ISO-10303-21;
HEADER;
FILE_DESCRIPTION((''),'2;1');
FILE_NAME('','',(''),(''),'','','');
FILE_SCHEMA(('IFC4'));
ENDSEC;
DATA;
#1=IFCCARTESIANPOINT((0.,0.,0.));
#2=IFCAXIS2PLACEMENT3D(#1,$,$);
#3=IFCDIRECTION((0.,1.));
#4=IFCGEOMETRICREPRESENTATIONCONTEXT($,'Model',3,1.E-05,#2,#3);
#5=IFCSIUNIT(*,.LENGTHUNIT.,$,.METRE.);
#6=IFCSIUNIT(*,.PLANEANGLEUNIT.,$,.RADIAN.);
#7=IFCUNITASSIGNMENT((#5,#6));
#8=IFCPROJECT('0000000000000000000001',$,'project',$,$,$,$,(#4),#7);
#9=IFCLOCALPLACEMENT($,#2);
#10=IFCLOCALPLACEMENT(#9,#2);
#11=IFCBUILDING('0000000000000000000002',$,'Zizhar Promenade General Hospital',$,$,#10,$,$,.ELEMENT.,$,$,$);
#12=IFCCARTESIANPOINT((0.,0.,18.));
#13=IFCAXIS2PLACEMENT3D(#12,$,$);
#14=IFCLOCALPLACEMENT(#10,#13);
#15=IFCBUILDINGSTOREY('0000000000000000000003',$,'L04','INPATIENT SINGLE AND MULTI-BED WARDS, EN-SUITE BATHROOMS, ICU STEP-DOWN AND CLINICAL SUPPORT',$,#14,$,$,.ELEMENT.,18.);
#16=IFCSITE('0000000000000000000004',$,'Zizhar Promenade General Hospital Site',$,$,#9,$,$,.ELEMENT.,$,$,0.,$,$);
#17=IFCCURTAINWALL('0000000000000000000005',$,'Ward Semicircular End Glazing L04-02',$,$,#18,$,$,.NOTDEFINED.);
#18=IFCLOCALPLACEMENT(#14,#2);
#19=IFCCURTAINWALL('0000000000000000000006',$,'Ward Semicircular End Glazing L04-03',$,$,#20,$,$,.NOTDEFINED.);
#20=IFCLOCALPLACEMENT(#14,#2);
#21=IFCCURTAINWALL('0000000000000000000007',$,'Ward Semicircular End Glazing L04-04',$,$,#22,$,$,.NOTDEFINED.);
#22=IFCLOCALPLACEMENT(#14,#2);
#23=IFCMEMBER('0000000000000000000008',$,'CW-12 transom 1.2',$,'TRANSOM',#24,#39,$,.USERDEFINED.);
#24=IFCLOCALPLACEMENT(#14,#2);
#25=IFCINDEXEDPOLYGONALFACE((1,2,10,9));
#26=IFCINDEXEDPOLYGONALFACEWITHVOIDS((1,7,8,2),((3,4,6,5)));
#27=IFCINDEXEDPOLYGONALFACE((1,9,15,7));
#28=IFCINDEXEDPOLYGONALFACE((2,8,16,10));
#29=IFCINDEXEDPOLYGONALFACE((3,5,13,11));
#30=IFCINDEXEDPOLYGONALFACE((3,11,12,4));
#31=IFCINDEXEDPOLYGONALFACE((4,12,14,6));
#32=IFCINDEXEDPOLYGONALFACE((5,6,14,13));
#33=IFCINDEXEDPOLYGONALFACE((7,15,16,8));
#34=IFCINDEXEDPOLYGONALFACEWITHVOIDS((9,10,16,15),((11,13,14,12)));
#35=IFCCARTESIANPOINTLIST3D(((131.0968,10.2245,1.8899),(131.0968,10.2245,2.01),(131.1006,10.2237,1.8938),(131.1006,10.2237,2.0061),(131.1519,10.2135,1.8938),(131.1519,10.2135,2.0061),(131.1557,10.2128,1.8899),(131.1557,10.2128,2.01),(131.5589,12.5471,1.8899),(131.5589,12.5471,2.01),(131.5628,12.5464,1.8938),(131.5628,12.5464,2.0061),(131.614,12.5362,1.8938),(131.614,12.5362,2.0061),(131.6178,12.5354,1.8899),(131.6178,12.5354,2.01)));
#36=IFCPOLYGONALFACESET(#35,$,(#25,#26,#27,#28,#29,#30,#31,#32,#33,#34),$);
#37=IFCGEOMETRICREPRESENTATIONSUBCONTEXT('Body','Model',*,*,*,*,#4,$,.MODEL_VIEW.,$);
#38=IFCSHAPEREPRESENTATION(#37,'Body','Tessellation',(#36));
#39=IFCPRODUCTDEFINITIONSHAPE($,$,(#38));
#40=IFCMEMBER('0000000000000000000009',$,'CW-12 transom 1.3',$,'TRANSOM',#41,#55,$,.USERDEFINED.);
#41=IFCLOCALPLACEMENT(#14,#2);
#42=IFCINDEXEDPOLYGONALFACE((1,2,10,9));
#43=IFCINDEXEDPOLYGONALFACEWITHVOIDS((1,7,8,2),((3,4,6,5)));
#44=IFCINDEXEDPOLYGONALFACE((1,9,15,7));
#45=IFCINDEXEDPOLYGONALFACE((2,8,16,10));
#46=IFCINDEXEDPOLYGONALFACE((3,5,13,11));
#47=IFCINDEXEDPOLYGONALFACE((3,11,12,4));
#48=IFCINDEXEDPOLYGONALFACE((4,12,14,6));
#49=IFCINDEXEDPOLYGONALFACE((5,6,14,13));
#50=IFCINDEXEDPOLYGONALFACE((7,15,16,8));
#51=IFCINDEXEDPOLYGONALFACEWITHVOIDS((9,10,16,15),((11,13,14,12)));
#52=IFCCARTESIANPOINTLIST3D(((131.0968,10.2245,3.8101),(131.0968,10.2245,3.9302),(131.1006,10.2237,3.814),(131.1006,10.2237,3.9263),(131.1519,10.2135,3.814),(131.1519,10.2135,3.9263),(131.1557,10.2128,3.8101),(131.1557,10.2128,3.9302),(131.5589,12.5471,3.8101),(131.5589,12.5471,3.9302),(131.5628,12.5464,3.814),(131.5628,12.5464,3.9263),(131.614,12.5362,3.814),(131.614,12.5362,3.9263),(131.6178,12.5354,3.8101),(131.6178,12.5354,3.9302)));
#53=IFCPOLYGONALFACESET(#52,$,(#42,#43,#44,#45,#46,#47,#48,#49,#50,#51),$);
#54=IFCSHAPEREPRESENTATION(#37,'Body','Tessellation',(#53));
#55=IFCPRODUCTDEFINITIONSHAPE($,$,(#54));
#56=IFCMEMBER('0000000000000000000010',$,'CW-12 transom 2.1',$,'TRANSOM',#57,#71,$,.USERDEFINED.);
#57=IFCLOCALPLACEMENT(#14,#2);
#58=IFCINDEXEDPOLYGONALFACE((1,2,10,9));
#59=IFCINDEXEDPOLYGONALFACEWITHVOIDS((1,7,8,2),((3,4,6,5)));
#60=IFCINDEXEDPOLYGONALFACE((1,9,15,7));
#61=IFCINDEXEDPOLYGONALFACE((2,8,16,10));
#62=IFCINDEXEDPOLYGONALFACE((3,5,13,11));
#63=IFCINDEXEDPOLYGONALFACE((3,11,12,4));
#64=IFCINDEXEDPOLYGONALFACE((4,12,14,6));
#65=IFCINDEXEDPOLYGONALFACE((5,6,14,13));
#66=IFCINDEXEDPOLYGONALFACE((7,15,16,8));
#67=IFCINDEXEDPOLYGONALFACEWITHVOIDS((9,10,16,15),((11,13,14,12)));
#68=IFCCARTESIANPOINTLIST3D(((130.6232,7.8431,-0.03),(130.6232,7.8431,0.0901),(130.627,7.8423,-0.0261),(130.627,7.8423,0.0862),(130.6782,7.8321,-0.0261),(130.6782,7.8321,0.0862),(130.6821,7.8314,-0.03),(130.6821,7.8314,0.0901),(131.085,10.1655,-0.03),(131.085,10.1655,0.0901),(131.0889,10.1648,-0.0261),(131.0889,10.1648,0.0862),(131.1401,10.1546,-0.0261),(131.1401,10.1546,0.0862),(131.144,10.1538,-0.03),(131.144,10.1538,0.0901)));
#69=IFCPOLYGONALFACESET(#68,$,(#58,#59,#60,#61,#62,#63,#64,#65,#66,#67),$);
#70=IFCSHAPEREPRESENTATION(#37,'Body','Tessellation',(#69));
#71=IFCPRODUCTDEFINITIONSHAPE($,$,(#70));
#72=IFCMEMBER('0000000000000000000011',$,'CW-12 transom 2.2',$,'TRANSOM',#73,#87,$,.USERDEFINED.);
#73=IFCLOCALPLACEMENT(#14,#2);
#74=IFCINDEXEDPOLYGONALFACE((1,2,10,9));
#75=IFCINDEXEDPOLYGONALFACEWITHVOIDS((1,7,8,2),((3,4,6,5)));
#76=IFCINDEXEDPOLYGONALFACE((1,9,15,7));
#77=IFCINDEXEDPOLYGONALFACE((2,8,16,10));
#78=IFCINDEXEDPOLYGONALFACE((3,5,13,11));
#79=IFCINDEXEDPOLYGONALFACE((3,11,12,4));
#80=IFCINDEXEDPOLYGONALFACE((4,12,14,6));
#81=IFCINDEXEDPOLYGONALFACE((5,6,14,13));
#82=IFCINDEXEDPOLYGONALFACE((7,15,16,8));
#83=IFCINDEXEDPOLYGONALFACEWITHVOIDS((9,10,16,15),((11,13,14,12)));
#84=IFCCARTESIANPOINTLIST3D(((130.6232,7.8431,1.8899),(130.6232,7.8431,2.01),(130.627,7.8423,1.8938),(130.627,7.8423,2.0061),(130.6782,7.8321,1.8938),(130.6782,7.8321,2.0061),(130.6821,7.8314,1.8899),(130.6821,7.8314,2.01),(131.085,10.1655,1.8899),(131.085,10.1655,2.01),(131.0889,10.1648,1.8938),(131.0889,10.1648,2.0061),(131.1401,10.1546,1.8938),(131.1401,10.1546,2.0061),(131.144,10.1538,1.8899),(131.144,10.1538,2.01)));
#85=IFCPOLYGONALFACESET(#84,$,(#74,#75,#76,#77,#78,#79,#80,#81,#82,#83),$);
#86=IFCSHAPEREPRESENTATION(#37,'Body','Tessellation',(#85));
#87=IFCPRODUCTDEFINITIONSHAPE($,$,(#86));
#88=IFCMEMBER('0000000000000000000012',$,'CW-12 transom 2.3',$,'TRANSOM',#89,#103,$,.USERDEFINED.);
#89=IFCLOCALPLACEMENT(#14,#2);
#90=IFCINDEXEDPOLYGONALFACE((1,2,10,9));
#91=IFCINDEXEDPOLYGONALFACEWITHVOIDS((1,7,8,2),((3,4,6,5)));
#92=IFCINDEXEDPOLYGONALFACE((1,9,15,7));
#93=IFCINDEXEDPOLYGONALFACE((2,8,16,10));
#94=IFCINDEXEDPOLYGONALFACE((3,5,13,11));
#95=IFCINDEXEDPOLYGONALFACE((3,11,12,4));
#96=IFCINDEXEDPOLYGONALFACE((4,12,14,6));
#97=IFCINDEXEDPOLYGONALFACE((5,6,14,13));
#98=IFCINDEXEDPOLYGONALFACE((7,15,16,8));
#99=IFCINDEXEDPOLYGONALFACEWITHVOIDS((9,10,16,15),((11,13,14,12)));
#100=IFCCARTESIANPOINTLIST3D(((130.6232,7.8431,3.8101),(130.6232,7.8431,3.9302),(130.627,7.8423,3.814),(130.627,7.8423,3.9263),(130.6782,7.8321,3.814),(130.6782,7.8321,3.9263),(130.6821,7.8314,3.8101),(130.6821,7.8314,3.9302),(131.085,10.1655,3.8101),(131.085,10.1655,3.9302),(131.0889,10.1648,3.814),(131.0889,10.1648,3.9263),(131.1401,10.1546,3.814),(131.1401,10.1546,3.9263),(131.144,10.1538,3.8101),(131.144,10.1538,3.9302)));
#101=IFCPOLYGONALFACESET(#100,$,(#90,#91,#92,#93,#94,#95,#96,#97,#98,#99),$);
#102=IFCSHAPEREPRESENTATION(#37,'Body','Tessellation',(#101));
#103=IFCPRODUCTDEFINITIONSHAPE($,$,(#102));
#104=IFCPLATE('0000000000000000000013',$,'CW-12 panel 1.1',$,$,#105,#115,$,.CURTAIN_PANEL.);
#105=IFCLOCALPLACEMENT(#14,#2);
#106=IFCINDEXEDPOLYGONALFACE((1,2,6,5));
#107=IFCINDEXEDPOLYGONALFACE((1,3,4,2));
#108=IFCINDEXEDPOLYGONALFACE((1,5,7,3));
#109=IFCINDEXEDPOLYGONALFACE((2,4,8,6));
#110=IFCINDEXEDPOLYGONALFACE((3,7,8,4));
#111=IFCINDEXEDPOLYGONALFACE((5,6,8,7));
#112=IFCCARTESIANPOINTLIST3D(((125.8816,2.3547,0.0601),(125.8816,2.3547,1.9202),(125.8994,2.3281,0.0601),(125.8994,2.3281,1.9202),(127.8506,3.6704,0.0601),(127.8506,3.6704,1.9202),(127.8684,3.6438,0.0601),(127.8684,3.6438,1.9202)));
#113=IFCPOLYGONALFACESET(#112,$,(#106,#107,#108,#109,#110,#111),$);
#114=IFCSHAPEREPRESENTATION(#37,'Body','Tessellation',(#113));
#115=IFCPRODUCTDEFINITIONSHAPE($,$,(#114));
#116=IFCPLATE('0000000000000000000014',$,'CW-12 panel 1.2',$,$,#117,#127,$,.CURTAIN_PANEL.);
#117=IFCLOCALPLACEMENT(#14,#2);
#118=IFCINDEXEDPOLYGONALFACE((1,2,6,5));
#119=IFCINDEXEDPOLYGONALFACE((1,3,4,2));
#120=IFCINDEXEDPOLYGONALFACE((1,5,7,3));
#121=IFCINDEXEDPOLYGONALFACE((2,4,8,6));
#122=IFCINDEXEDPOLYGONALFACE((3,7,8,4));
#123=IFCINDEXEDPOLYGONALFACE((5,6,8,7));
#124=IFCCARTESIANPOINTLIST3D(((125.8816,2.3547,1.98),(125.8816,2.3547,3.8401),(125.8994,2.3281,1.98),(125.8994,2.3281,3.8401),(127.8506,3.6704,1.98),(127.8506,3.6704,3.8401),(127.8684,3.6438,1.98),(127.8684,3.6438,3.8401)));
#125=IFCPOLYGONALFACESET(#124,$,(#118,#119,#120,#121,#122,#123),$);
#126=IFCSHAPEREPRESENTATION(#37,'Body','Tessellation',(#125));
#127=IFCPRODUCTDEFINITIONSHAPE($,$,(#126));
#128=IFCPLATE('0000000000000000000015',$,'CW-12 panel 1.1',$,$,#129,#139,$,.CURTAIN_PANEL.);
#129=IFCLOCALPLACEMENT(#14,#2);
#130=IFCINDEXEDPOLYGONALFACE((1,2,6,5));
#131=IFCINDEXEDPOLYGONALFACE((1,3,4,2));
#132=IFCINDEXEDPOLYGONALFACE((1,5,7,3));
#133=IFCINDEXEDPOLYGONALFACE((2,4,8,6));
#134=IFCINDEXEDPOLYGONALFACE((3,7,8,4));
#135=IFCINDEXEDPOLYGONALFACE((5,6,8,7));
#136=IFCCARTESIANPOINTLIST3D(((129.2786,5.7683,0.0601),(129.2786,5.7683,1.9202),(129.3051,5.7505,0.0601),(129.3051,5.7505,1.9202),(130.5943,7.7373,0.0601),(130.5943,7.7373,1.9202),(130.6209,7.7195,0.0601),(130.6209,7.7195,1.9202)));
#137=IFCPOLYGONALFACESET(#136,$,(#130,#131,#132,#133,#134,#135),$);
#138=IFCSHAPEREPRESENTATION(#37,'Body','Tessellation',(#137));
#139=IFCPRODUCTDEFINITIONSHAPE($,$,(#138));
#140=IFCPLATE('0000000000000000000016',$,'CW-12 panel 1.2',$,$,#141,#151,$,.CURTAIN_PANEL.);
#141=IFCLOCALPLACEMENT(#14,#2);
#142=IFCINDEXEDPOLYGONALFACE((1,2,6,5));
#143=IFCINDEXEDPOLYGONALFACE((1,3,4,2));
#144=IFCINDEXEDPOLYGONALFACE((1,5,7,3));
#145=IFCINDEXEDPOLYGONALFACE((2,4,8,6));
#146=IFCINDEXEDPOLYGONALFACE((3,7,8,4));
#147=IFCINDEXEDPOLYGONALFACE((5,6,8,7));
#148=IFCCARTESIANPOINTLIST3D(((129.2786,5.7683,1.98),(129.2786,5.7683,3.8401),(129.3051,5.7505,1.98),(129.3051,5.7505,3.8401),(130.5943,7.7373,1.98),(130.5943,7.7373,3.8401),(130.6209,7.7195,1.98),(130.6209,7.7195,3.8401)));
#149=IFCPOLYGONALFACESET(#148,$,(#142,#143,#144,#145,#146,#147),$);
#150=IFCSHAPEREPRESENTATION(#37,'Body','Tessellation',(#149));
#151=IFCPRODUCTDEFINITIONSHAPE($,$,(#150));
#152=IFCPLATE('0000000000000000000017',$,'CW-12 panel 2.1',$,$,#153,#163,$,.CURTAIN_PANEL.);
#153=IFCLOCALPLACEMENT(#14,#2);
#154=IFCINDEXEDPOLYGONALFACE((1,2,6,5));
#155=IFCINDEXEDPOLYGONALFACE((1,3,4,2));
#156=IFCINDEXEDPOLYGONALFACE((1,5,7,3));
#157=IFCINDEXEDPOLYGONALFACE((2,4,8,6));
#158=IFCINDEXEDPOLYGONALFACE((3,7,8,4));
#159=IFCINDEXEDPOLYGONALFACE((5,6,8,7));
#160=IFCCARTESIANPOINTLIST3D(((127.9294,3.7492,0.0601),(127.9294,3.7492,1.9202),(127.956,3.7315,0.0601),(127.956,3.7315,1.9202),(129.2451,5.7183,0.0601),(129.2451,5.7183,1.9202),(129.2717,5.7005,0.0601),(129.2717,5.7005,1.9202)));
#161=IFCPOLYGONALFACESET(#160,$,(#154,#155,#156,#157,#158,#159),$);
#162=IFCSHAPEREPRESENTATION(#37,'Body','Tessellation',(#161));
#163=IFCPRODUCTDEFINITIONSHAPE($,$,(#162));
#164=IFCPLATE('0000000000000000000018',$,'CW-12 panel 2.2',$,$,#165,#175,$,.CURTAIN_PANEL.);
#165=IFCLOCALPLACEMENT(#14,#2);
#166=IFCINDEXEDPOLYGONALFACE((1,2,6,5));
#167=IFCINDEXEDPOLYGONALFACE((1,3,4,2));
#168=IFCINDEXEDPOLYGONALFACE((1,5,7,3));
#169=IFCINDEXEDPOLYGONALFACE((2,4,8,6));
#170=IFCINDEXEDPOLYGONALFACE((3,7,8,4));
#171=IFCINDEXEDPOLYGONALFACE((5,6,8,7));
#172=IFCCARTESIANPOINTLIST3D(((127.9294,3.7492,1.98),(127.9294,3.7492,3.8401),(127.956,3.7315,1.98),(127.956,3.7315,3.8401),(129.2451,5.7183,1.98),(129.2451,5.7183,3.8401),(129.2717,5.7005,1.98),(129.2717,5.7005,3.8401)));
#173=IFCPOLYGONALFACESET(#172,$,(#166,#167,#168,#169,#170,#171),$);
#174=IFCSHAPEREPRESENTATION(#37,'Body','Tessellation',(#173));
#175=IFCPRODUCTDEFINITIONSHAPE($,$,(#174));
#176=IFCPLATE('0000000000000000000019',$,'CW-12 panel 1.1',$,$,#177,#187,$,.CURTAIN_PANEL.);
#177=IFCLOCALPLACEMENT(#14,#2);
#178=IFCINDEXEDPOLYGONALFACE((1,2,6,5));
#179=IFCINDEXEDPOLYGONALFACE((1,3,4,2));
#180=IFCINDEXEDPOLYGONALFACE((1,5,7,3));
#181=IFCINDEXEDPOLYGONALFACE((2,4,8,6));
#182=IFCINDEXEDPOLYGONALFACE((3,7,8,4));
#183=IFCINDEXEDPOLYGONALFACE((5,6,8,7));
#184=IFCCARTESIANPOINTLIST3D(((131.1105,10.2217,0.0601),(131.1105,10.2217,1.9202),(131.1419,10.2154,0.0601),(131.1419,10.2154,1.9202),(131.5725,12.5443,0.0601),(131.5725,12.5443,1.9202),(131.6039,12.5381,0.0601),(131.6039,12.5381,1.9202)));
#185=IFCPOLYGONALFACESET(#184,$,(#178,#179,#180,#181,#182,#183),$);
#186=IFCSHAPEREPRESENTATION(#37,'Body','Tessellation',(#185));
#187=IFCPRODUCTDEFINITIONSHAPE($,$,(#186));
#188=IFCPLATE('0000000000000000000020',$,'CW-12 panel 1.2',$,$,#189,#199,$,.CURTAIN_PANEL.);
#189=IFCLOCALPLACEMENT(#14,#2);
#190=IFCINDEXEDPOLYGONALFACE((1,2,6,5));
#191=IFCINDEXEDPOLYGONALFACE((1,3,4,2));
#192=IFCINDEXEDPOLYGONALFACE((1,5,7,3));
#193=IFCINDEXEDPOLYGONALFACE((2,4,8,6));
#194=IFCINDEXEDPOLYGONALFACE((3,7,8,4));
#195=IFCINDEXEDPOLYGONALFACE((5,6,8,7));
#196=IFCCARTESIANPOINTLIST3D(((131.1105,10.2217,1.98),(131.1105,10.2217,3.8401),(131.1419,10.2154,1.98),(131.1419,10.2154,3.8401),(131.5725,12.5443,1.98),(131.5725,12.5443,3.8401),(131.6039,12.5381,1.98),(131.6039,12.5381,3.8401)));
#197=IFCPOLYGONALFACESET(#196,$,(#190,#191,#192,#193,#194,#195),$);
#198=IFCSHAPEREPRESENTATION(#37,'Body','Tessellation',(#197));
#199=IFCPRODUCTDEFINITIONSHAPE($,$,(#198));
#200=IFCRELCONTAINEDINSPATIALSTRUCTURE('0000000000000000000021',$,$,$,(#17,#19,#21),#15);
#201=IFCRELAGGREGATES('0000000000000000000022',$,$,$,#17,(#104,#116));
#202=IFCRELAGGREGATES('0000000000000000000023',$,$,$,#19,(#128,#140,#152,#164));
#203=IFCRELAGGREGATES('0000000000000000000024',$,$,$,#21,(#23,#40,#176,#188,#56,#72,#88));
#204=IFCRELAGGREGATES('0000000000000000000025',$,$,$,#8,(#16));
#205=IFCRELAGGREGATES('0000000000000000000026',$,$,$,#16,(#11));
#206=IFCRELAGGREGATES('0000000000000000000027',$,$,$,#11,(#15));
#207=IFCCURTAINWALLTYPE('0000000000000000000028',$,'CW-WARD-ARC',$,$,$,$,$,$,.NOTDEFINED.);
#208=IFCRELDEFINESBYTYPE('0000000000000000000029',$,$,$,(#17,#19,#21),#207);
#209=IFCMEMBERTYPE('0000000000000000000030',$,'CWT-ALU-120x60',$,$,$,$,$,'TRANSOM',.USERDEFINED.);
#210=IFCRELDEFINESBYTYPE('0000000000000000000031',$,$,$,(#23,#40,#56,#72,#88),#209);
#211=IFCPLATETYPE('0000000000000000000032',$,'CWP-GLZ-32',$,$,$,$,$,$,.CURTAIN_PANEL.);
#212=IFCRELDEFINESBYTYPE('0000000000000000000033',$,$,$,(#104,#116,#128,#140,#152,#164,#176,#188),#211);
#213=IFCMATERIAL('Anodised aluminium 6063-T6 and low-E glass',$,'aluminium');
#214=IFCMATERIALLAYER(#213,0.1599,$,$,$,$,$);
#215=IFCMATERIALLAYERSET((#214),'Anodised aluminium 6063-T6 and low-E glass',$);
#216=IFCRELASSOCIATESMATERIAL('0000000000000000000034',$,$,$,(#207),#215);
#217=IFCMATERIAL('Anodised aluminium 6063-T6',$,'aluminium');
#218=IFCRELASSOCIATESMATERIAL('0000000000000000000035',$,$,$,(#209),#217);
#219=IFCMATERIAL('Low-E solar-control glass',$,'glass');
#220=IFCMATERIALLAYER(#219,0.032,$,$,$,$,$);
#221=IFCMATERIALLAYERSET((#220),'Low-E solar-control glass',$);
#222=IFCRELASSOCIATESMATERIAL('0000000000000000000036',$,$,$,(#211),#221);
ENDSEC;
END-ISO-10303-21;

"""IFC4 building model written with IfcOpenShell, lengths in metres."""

from ifc_helpers import new_model, si_unit, direction, frame, origin, origin_2d, place, context, subcontext, project, spatial, rectangle, hollow_rectangle, extrude, material, layer, layer_set, material_profile, profile_set, type_object, element, aggregate, save


model = new_model("IFC4")

# Units and contexts
model_context = context("Model", 3, precision=1e-05, world=origin(), true_north=direction((0.0, 1.0)))
body_context = subcontext(model_context, "Body", "Model", "MODEL_VIEW")
ifc_project = project(units=[si_unit("LENGTHUNIT", "METRE"), si_unit("PLANEANGLEUNIT", "RADIAN")], contexts=[model_context])

# Site, building, storey
site_placement = place(None, origin())
site = spatial("IfcSite", under=ifc_project, at=site_placement, Name="Zizhar Promenade General Hospital Site", CompositionType="ELEMENT", RefElevation=0.0)
building_placement = place(site_placement, origin())
building = spatial("IfcBuilding", under=site, at=building_placement, Name="Zizhar Promenade General Hospital", CompositionType="ELEMENT")
storey_placement = place(building_placement, frame((0.0, 0.0, 18.0)))
storey = spatial("IfcBuildingStorey", under=building, at=storey_placement, Name="L04", Description="INPATIENT SINGLE AND MULTI-BED WARDS, EN-SUITE BATHROOMS, ICU STEP-DOWN AND CLINICAL SUPPORT", CompositionType="ELEMENT", Elevation=18.0)

# Curtain walls
ifc_material_1 = material(Name="Anodised aluminium 6063-T6 and low-E glass", Category="aluminium")
ifc_layer_1 = layer(ifc_material_1, 0.1599)
ifc_layer_set_1 = layer_set([ifc_layer_1], Name="Anodised aluminium 6063-T6 and low-E glass")
curtain_wall_type = type_object("IfcCurtainWallType", Name="CW-WARD-ARC", PredefinedType="NOTDEFINED", material=ifc_layer_set_1)
curtain_wall_1_placement = place(storey_placement, origin())
curtain_wall_1 = element("IfcCurtainWall", 1, at=curtain_wall_1_placement, inside=storey, type_object=curtain_wall_type, Name="Ward Semicircular End Glazing L04-02", PredefinedType="NOTDEFINED")
curtain_wall_2_placement = place(storey_placement, origin())
curtain_wall_2 = element("IfcCurtainWall", 2, at=curtain_wall_2_placement, inside=storey, type_object=curtain_wall_type, Name="Ward Semicircular End Glazing L04-03", PredefinedType="NOTDEFINED")
curtain_wall_3_placement = place(storey_placement, origin())
curtain_wall_3 = element("IfcCurtainWall", 3, at=curtain_wall_3_placement, inside=storey, type_object=curtain_wall_type, Name="Ward Semicircular End Glazing L04-04", PredefinedType="NOTDEFINED")

# Members
ifc_material_2 = material(Name="Anodised aluminium 6063-T6", Category="aluminium")
ifc_material_profile_1 = material_profile(ifc_material_2, hollow_rectangle(XDim=0.0601, YDim=0.1201, WallThickness=0.0039, at=origin_2d()))
ifc_profile_set_1 = profile_set([ifc_material_profile_1], Name="Anodised aluminium 6063-T6")
member_type_1 = type_object("IfcMemberType", Name="CWT-ALU-120x60", ElementType="TRANSOM", PredefinedType="USERDEFINED", material=ifc_profile_set_1)
member_1_placement = place(storey_placement, frame((131.5884, 12.5413, 1.95), z_axis=(-0.195145, -0.980774, 0.0), x_axis=(0.980774, -0.195145, 0.0)))
member_1 = element("IfcMember", 4, at=member_1_placement, type_object=member_type_1, Name="CW-12 transom 1.2", ObjectType="TRANSOM", PredefinedType="USERDEFINED", context=body_context, shape_type="SweptSolid", body=[
    extrude(hollow_rectangle(XDim=0.0601, YDim=0.1201, WallThickness=0.0039, at=origin_2d()), origin(), (0.0, 0.0, 1.0), 2.3682),
])
member_2_placement = place(storey_placement, frame((131.5884, 12.5413, 3.8701), z_axis=(-0.195145, -0.980774, 0.0), x_axis=(0.980774, -0.195145, 0.0)))
member_2 = element("IfcMember", 5, at=member_2_placement, type_object=member_type_1, Name="CW-12 transom 1.3", ObjectType="TRANSOM", PredefinedType="USERDEFINED", context=body_context, shape_type="SweptSolid", body=[
    extrude(hollow_rectangle(XDim=0.0601, YDim=0.1201, WallThickness=0.0039, at=origin_2d()), origin(), (0.0, 0.0, 1.0), 2.3682),
])
member_3_placement = place(storey_placement, frame((131.1145, 10.1597, 0.03), z_axis=(-0.195065, -0.98079, 0.0), x_axis=(0.98079, -0.195065, 0.0)))
member_3 = element("IfcMember", 6, at=member_3_placement, type_object=member_type_1, Name="CW-12 transom 2.1", ObjectType="TRANSOM", PredefinedType="USERDEFINED", context=body_context, shape_type="SweptSolid", body=[
    extrude(hollow_rectangle(XDim=0.0601, YDim=0.1201, WallThickness=0.0039, at=origin_2d()), origin(), (0.0, 0.0, 1.0), 2.3679),
])
member_4_placement = place(storey_placement, frame((131.1145, 10.1597, 1.95), z_axis=(-0.195065, -0.98079, 0.0), x_axis=(0.98079, -0.195065, 0.0)))
member_4 = element("IfcMember", 7, at=member_4_placement, type_object=member_type_1, Name="CW-12 transom 2.2", ObjectType="TRANSOM", PredefinedType="USERDEFINED", context=body_context, shape_type="SweptSolid", body=[
    extrude(hollow_rectangle(XDim=0.0601, YDim=0.1201, WallThickness=0.0039, at=origin_2d()), origin(), (0.0, 0.0, 1.0), 2.3679),
])
member_5_placement = place(storey_placement, frame((131.1145, 10.1597, 3.8701), z_axis=(-0.195065, -0.98079, 0.0), x_axis=(0.98079, -0.195065, 0.0)))
member_5 = element("IfcMember", 8, at=member_5_placement, type_object=member_type_1, Name="CW-12 transom 2.3", ObjectType="TRANSOM", PredefinedType="USERDEFINED", context=body_context, shape_type="SweptSolid", body=[
    extrude(hollow_rectangle(XDim=0.0601, YDim=0.1201, WallThickness=0.0039, at=origin_2d()), origin(), (0.0, 0.0, 1.0), 2.3679),
])

# Plates
ifc_material_3 = material(Name="Low-E solar-control glass", Category="glass")
ifc_layer_2 = layer(ifc_material_3, 0.032)
ifc_layer_set_2 = layer_set([ifc_layer_2], Name="Low-E solar-control glass")
plate_type = type_object("IfcPlateType", Name="CWP-GLZ-32", PredefinedType="CURTAIN_PANEL", material=ifc_layer_set_2)
plate_1_placement = place(storey_placement, frame((126.875, 2.9993, 0.0601), z_axis=(0.0, 0.0, 1.0), x_axis=(-0.831462, -0.555582, 0.0)))
plate_1 = element("IfcPlate", 9, at=plate_1_placement, type_object=plate_type, Name="CW-12 panel 1.1", PredefinedType="CURTAIN_PANEL", context=body_context, shape_type="SweptSolid", body=[
    extrude(rectangle(XDim=2.3682, YDim=0.032, at=origin_2d()), origin(), (0.0, 0.0, 1.0), 1.8601),
])
plate_2_placement = place(storey_placement, frame((126.875, 2.9993, 1.98), z_axis=(0.0, 0.0, 1.0), x_axis=(-0.831462, -0.555582, 0.0)))
plate_2 = element("IfcPlate", 10, at=plate_2_placement, type_object=plate_type, Name="CW-12 panel 1.2", PredefinedType="CURTAIN_PANEL", context=body_context, shape_type="SweptSolid", body=[
    extrude(rectangle(XDim=2.3682, YDim=0.032, at=origin_2d()), origin(), (0.0, 0.0, 1.0), 1.8601),
])
aggregate(curtain_wall_1, [plate_1, plate_2])
plate_3_placement = place(storey_placement, frame((129.9497, 6.7439, 0.0601), z_axis=(0.0, 0.0, 1.0), x_axis=(-0.555582, -0.831462, 0.0)))
plate_3 = element("IfcPlate", 11, at=plate_3_placement, type_object=plate_type, Name="CW-12 panel 1.1", PredefinedType="CURTAIN_PANEL", context=body_context, shape_type="SweptSolid", body=[
    extrude(rectangle(XDim=2.3682, YDim=0.032, at=origin_2d()), origin(), (0.0, 0.0, 1.0), 1.8601),
])
plate_4_placement = place(storey_placement, frame((129.9497, 6.7439, 1.98), z_axis=(0.0, 0.0, 1.0), x_axis=(-0.555582, -0.831462, 0.0)))
plate_4 = element("IfcPlate", 12, at=plate_4_placement, type_object=plate_type, Name="CW-12 panel 1.2", PredefinedType="CURTAIN_PANEL", context=body_context, shape_type="SweptSolid", body=[
    extrude(rectangle(XDim=2.3682, YDim=0.032, at=origin_2d()), origin(), (0.0, 0.0, 1.0), 1.8601),
])
plate_5_placement = place(storey_placement, frame((128.6006, 4.7249, 0.0601), z_axis=(0.0, 0.0, 1.0), x_axis=(-0.555582, -0.831462, 0.0)))
plate_5 = element("IfcPlate", 13, at=plate_5_placement, type_object=plate_type, Name="CW-12 panel 2.1", PredefinedType="CURTAIN_PANEL", context=body_context, shape_type="SweptSolid", body=[
    extrude(rectangle(XDim=2.3682, YDim=0.032, at=origin_2d()), origin(), (0.0, 0.0, 1.0), 1.8601),
])
plate_6_placement = place(storey_placement, frame((128.6006, 4.7249, 1.98), z_axis=(0.0, 0.0, 1.0), x_axis=(-0.555582, -0.831462, 0.0)))
plate_6 = element("IfcPlate", 14, at=plate_6_placement, type_object=plate_type, Name="CW-12 panel 2.2", PredefinedType="CURTAIN_PANEL", context=body_context, shape_type="SweptSolid", body=[
    extrude(rectangle(XDim=2.3682, YDim=0.032, at=origin_2d()), origin(), (0.0, 0.0, 1.0), 1.8601),
])
aggregate(curtain_wall_2, [plate_3, plate_4, plate_5, plate_6])
plate_7_placement = place(storey_placement, frame((131.3572, 11.3799, 0.0601), z_axis=(0.0, 0.0, 1.0), x_axis=(-0.195087, -0.980786, 0.0)))
plate_7 = element("IfcPlate", 15, at=plate_7_placement, type_object=plate_type, Name="CW-12 panel 1.1", PredefinedType="CURTAIN_PANEL", context=body_context, shape_type="SweptSolid", body=[
    extrude(rectangle(XDim=2.3682, YDim=0.032, at=origin_2d()), origin(), (0.0, 0.0, 1.0), 1.8601),
])
plate_8_placement = place(storey_placement, frame((131.3572, 11.3799, 1.98), z_axis=(0.0, 0.0, 1.0), x_axis=(-0.195087, -0.980786, 0.0)))
plate_8 = element("IfcPlate", 16, at=plate_8_placement, type_object=plate_type, Name="CW-12 panel 1.2", PredefinedType="CURTAIN_PANEL", context=body_context, shape_type="SweptSolid", body=[
    extrude(rectangle(XDim=2.3682, YDim=0.032, at=origin_2d()), origin(), (0.0, 0.0, 1.0), 1.8601),
])
aggregate(curtain_wall_3, [member_1, member_2, plate_7, plate_8, member_3, member_4, member_5])

save(model, "model.ifc")
